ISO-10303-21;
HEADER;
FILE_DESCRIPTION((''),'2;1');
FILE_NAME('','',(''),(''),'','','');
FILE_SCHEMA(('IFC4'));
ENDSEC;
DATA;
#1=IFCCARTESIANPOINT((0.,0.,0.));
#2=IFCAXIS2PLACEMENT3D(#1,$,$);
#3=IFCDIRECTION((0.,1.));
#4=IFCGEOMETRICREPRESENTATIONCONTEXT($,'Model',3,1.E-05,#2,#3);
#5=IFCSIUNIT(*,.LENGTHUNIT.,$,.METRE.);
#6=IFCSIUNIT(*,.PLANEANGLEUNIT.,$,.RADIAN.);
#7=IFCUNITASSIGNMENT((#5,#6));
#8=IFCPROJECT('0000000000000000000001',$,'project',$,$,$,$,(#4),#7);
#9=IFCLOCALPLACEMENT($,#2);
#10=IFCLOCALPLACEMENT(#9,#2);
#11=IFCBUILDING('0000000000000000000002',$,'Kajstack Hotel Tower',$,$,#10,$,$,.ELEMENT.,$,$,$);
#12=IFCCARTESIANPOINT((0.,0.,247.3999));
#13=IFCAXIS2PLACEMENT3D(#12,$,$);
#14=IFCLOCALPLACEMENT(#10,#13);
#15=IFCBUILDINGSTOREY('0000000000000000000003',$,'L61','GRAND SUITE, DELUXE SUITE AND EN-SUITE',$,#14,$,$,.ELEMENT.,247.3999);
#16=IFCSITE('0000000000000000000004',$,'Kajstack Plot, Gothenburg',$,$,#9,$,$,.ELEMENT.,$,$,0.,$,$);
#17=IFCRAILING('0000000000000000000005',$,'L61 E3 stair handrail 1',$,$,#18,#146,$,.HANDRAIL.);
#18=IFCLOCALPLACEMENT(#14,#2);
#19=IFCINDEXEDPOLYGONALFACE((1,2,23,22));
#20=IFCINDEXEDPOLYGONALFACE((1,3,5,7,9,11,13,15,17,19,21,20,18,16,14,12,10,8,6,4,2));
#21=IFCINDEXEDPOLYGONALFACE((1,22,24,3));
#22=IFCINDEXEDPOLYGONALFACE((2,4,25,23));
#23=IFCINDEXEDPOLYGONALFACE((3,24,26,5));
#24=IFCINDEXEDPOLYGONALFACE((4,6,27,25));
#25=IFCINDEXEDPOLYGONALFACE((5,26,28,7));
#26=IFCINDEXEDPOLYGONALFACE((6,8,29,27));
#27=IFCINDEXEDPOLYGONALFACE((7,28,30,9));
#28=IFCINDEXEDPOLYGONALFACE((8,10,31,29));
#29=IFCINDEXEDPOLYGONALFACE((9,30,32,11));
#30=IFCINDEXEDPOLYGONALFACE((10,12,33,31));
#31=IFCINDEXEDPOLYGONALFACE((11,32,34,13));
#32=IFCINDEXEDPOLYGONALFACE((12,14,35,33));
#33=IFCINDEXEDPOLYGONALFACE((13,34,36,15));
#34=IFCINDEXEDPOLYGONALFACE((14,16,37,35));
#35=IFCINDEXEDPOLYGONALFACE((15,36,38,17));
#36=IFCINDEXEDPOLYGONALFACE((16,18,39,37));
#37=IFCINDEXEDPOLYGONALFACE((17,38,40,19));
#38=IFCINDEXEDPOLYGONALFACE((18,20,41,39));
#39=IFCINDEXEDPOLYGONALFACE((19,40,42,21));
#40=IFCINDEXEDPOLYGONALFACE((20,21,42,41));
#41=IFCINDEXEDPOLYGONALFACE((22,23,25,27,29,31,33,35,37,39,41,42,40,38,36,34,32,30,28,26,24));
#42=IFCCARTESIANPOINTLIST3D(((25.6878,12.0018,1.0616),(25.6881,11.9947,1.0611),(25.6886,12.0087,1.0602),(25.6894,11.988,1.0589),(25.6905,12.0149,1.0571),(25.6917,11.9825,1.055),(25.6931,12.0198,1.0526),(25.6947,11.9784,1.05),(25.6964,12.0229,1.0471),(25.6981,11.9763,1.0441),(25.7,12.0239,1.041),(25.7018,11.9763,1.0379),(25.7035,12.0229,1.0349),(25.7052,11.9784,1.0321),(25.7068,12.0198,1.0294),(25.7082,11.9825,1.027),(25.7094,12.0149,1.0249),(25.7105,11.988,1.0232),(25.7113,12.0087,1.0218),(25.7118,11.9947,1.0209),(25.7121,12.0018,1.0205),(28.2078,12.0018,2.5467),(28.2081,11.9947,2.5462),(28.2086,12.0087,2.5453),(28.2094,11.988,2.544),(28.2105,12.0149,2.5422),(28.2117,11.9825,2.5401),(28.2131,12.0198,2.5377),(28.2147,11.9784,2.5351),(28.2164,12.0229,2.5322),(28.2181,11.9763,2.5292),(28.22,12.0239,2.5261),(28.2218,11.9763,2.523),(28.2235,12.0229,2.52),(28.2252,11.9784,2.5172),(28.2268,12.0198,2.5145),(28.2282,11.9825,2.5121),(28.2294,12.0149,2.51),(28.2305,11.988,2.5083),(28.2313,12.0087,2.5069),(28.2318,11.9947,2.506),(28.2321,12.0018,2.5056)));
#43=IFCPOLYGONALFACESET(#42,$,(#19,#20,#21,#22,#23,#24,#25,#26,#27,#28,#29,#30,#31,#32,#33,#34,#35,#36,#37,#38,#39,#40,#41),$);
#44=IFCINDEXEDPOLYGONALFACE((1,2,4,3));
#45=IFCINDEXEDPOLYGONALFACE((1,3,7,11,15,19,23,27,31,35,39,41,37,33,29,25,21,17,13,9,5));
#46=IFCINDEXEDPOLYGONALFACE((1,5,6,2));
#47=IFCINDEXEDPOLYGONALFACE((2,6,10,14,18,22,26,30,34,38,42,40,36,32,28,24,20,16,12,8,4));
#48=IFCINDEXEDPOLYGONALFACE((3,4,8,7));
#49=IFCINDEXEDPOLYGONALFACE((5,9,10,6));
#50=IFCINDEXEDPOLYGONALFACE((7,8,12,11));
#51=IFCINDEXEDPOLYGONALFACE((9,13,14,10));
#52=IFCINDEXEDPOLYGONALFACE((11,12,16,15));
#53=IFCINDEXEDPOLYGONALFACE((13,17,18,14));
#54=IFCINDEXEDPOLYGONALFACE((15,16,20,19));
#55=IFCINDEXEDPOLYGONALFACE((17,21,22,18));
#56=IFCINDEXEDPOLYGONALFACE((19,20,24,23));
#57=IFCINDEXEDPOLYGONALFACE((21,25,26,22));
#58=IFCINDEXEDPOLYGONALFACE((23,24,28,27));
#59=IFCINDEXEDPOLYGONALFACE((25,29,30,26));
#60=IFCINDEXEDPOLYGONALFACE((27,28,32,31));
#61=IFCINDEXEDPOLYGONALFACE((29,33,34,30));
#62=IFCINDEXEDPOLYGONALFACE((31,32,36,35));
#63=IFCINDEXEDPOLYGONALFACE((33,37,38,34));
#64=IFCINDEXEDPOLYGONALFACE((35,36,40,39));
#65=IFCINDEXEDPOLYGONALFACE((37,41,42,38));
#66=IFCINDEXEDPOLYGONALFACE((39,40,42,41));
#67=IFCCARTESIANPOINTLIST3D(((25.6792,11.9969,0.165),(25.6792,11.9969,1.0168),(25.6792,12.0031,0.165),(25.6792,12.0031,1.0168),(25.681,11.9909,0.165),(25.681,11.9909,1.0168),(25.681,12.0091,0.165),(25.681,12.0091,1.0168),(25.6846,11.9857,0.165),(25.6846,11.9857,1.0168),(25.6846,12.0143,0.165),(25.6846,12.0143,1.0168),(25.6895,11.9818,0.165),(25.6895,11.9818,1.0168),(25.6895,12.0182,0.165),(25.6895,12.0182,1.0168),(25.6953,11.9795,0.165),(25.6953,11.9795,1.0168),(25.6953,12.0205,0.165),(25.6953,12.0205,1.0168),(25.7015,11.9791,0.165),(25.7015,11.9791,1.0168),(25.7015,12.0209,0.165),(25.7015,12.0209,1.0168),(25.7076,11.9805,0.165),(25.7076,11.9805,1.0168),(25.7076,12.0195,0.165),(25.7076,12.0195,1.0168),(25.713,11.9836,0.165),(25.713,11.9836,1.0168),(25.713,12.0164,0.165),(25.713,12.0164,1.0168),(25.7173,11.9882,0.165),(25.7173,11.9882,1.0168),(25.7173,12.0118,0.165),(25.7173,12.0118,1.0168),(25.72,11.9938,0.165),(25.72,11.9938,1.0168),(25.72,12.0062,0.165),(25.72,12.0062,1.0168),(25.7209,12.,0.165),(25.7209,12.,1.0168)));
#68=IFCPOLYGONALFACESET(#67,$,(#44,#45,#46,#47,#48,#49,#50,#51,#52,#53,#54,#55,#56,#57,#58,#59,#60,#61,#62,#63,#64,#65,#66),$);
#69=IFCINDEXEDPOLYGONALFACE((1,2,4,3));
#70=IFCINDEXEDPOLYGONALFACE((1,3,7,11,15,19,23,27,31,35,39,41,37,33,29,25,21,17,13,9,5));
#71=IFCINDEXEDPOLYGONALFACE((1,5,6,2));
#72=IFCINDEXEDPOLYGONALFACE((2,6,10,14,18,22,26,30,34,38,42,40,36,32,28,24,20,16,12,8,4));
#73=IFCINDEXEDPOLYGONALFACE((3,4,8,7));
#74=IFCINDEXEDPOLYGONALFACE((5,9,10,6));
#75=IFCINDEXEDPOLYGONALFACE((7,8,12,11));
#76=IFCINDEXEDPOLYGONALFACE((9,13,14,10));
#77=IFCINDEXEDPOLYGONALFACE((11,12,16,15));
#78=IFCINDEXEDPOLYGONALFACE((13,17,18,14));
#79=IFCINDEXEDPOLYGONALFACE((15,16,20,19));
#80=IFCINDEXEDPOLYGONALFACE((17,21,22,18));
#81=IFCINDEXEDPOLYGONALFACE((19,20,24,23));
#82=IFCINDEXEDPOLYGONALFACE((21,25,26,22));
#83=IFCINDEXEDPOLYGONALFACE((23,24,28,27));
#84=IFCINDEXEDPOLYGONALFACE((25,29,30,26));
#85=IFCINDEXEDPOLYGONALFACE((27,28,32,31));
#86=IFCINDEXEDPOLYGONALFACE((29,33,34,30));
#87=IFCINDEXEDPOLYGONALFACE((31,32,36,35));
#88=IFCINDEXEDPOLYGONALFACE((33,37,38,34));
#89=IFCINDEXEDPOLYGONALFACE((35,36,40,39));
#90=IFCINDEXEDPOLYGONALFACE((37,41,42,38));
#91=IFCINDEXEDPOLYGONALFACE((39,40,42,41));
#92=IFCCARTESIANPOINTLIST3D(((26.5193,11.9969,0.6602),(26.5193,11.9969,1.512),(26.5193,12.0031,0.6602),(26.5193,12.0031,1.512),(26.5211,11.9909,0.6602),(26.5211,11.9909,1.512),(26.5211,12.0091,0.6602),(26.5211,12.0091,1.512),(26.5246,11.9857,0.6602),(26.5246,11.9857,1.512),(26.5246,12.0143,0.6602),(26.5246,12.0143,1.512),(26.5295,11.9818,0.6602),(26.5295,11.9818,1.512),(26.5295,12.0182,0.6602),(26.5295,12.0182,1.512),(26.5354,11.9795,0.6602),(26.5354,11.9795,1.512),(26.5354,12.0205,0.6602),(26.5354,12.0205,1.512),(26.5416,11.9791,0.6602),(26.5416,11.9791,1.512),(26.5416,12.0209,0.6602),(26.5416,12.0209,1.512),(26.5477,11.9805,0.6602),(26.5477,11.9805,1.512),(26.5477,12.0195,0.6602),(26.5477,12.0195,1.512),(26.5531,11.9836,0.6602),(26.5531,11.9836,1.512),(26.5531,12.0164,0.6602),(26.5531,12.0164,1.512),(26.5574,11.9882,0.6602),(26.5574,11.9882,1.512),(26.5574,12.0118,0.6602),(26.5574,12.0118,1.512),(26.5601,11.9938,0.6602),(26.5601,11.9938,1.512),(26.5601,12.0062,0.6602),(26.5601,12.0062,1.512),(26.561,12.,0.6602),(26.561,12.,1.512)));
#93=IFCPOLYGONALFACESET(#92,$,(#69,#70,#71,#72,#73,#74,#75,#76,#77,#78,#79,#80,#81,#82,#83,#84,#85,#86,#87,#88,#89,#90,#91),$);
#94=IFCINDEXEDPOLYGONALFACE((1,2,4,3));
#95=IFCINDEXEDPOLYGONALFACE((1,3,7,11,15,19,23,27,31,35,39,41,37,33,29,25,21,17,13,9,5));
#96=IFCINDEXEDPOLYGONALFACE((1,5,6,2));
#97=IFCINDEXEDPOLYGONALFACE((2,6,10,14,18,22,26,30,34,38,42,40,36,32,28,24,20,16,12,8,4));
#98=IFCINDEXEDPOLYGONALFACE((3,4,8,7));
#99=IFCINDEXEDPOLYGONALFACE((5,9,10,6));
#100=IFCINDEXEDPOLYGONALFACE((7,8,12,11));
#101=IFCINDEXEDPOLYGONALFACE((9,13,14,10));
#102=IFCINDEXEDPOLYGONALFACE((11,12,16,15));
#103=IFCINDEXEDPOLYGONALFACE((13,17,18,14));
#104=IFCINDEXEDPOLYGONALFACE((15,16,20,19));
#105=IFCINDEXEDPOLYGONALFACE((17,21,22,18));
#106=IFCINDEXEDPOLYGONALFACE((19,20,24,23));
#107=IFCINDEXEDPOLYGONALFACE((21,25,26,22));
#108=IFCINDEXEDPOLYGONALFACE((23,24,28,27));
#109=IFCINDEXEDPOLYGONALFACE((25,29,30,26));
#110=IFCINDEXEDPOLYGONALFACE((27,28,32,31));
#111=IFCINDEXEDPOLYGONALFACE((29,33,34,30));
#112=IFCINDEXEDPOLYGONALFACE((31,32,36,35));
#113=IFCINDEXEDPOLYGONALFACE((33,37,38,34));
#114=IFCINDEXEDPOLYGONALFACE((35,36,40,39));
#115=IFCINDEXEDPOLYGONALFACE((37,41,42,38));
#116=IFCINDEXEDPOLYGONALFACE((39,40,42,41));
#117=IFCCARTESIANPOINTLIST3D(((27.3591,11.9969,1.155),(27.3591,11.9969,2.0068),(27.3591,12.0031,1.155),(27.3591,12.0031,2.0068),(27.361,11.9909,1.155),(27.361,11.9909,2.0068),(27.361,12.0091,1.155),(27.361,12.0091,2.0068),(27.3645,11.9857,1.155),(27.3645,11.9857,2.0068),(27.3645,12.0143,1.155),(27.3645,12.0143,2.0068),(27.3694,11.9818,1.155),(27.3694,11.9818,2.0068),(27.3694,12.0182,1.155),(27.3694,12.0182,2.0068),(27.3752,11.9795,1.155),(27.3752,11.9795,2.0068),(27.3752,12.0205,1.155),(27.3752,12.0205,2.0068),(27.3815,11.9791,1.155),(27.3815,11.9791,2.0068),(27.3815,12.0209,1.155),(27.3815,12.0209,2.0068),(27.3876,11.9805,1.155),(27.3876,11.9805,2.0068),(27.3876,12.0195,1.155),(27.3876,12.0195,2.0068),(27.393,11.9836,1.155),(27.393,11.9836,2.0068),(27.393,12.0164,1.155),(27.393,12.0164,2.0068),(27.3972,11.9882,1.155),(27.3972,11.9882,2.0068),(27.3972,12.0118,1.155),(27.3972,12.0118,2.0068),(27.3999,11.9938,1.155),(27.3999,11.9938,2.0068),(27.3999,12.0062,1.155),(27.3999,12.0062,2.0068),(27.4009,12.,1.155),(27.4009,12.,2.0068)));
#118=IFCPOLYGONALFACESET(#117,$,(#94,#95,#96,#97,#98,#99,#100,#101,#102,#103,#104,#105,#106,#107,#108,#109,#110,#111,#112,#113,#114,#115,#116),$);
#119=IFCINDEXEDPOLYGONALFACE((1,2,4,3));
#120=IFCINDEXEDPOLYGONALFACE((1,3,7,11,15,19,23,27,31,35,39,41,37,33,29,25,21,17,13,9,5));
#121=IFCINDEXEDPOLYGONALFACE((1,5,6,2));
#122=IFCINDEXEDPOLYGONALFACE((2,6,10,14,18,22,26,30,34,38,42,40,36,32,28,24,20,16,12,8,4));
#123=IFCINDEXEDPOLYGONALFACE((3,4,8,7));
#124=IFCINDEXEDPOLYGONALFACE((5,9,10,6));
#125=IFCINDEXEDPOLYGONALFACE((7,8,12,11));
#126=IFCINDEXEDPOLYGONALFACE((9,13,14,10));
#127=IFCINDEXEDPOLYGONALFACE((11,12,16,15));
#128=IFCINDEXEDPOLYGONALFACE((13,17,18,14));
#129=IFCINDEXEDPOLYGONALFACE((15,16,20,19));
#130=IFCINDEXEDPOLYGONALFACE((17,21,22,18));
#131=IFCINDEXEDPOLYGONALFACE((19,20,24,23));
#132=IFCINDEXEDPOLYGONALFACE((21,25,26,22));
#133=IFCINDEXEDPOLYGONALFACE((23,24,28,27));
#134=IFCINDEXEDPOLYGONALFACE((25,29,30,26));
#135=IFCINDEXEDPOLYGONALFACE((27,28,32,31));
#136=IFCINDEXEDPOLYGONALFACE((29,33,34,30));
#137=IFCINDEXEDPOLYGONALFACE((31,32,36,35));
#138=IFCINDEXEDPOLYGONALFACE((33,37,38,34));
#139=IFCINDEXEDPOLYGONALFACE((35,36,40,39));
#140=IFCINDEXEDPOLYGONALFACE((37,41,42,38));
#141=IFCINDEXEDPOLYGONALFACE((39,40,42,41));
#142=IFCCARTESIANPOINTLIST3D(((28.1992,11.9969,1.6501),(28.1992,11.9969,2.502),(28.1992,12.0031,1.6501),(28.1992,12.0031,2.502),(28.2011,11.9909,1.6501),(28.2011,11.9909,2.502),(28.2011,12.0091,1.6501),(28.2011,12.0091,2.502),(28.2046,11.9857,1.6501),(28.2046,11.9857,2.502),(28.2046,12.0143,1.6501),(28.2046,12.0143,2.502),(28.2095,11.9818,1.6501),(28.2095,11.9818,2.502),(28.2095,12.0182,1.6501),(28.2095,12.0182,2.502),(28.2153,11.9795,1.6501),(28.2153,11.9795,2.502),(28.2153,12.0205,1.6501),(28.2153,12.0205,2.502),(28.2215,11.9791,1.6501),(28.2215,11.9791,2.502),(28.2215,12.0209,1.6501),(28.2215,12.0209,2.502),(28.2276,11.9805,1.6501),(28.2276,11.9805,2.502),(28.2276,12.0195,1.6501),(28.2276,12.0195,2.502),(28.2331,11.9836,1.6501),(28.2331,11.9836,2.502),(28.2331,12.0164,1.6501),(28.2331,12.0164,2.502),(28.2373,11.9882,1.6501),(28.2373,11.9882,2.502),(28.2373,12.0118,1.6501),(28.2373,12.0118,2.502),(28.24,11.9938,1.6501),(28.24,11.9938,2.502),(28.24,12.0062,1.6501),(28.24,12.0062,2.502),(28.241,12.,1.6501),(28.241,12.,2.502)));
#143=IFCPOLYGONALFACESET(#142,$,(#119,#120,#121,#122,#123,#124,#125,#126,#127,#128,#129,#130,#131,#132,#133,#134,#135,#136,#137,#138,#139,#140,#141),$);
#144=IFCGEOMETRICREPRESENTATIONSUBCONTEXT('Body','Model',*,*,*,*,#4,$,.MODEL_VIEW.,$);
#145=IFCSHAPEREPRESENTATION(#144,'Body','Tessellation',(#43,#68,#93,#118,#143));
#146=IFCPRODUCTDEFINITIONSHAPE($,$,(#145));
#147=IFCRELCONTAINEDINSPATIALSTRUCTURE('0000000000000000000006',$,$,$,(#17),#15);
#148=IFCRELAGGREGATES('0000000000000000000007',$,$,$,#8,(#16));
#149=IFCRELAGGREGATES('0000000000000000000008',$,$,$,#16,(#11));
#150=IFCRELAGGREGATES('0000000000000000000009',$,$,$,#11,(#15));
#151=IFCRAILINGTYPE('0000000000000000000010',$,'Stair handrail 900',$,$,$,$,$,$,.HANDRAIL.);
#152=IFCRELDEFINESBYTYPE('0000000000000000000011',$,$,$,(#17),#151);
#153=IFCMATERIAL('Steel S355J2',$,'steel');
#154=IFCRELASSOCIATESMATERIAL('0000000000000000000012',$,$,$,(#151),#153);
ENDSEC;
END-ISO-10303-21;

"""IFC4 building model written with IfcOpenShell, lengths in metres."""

from ifc_helpers import new_model, si_unit, direction, frame, origin, origin_2d, place, context, subcontext, project, spatial, circle, extrude, material, type_object, element, save


model = new_model("IFC4")

# Units and contexts
model_context = context("Model", 3, precision=1e-05, world=origin(), true_north=direction((0.0, 1.0)))
body_context = subcontext(model_context, "Body", "Model", "MODEL_VIEW")
ifc_project = project(units=[si_unit("LENGTHUNIT", "METRE"), si_unit("PLANEANGLEUNIT", "RADIAN")], contexts=[model_context])

# Site, building, storey
site_placement = place(None, origin())
site = spatial("IfcSite", under=ifc_project, at=site_placement, Name="Kajstack Plot, Gothenburg", CompositionType="ELEMENT", RefElevation=0.0)
building_placement = place(site_placement, origin())
building = spatial("IfcBuilding", under=site, at=building_placement, Name="Kajstack Hotel Tower", CompositionType="ELEMENT")
storey_placement = place(building_placement, frame((0.0, 0.0, 247.3999)))
storey = spatial("IfcBuildingStorey", under=building, at=storey_placement, Name="L61", Description="GRAND SUITE, DELUXE SUITE AND EN-SUITE", CompositionType="ELEMENT", Elevation=247.3999)

# Railing
ifc_material_1 = material(Name="Steel S355J2", Category="steel")
railing_type_1 = type_object("IfcRailingType", Name="Stair handrail 900", PredefinedType="HANDRAIL", material=ifc_material_1)
railing_1_placement = place(storey_placement, frame((25.7, 12.0, 0.165)))
element("IfcRailing", 1, at=railing_1_placement, inside=storey, type_object=railing_type_1, Name="L61 E3 stair handrail 1", PredefinedType="HANDRAIL", context=body_context, shape_type="SweptSolid", body=[
    extrude(circle(Radius=0.0239, at=origin_2d()), frame((0.0, 0.0, 0.876), z_axis=(0.861524, 0.0, 0.507717), x_axis=(0.0, 1.0, 0.0)), (0.0, 0.0, 1.0), 2.925),
    extrude(circle(Radius=0.021, at=origin_2d()), origin(), (0.0, 0.0, 1.0), 0.8518),
    extrude(circle(Radius=0.021, at=origin_2d()), frame((0.8401, 0.0, 0.4951)), (0.0, 0.0, 1.0), 0.8518),
    extrude(circle(Radius=0.021, at=origin_2d()), frame((1.6799, 0.0, 0.99)), (0.0, 0.0, 1.0), 0.8518),
    extrude(circle(Radius=0.021, at=origin_2d()), frame((2.52, 0.0, 1.4851)), (0.0, 0.0, 1.0), 0.8518),
])

save(model, "model.ifc")
